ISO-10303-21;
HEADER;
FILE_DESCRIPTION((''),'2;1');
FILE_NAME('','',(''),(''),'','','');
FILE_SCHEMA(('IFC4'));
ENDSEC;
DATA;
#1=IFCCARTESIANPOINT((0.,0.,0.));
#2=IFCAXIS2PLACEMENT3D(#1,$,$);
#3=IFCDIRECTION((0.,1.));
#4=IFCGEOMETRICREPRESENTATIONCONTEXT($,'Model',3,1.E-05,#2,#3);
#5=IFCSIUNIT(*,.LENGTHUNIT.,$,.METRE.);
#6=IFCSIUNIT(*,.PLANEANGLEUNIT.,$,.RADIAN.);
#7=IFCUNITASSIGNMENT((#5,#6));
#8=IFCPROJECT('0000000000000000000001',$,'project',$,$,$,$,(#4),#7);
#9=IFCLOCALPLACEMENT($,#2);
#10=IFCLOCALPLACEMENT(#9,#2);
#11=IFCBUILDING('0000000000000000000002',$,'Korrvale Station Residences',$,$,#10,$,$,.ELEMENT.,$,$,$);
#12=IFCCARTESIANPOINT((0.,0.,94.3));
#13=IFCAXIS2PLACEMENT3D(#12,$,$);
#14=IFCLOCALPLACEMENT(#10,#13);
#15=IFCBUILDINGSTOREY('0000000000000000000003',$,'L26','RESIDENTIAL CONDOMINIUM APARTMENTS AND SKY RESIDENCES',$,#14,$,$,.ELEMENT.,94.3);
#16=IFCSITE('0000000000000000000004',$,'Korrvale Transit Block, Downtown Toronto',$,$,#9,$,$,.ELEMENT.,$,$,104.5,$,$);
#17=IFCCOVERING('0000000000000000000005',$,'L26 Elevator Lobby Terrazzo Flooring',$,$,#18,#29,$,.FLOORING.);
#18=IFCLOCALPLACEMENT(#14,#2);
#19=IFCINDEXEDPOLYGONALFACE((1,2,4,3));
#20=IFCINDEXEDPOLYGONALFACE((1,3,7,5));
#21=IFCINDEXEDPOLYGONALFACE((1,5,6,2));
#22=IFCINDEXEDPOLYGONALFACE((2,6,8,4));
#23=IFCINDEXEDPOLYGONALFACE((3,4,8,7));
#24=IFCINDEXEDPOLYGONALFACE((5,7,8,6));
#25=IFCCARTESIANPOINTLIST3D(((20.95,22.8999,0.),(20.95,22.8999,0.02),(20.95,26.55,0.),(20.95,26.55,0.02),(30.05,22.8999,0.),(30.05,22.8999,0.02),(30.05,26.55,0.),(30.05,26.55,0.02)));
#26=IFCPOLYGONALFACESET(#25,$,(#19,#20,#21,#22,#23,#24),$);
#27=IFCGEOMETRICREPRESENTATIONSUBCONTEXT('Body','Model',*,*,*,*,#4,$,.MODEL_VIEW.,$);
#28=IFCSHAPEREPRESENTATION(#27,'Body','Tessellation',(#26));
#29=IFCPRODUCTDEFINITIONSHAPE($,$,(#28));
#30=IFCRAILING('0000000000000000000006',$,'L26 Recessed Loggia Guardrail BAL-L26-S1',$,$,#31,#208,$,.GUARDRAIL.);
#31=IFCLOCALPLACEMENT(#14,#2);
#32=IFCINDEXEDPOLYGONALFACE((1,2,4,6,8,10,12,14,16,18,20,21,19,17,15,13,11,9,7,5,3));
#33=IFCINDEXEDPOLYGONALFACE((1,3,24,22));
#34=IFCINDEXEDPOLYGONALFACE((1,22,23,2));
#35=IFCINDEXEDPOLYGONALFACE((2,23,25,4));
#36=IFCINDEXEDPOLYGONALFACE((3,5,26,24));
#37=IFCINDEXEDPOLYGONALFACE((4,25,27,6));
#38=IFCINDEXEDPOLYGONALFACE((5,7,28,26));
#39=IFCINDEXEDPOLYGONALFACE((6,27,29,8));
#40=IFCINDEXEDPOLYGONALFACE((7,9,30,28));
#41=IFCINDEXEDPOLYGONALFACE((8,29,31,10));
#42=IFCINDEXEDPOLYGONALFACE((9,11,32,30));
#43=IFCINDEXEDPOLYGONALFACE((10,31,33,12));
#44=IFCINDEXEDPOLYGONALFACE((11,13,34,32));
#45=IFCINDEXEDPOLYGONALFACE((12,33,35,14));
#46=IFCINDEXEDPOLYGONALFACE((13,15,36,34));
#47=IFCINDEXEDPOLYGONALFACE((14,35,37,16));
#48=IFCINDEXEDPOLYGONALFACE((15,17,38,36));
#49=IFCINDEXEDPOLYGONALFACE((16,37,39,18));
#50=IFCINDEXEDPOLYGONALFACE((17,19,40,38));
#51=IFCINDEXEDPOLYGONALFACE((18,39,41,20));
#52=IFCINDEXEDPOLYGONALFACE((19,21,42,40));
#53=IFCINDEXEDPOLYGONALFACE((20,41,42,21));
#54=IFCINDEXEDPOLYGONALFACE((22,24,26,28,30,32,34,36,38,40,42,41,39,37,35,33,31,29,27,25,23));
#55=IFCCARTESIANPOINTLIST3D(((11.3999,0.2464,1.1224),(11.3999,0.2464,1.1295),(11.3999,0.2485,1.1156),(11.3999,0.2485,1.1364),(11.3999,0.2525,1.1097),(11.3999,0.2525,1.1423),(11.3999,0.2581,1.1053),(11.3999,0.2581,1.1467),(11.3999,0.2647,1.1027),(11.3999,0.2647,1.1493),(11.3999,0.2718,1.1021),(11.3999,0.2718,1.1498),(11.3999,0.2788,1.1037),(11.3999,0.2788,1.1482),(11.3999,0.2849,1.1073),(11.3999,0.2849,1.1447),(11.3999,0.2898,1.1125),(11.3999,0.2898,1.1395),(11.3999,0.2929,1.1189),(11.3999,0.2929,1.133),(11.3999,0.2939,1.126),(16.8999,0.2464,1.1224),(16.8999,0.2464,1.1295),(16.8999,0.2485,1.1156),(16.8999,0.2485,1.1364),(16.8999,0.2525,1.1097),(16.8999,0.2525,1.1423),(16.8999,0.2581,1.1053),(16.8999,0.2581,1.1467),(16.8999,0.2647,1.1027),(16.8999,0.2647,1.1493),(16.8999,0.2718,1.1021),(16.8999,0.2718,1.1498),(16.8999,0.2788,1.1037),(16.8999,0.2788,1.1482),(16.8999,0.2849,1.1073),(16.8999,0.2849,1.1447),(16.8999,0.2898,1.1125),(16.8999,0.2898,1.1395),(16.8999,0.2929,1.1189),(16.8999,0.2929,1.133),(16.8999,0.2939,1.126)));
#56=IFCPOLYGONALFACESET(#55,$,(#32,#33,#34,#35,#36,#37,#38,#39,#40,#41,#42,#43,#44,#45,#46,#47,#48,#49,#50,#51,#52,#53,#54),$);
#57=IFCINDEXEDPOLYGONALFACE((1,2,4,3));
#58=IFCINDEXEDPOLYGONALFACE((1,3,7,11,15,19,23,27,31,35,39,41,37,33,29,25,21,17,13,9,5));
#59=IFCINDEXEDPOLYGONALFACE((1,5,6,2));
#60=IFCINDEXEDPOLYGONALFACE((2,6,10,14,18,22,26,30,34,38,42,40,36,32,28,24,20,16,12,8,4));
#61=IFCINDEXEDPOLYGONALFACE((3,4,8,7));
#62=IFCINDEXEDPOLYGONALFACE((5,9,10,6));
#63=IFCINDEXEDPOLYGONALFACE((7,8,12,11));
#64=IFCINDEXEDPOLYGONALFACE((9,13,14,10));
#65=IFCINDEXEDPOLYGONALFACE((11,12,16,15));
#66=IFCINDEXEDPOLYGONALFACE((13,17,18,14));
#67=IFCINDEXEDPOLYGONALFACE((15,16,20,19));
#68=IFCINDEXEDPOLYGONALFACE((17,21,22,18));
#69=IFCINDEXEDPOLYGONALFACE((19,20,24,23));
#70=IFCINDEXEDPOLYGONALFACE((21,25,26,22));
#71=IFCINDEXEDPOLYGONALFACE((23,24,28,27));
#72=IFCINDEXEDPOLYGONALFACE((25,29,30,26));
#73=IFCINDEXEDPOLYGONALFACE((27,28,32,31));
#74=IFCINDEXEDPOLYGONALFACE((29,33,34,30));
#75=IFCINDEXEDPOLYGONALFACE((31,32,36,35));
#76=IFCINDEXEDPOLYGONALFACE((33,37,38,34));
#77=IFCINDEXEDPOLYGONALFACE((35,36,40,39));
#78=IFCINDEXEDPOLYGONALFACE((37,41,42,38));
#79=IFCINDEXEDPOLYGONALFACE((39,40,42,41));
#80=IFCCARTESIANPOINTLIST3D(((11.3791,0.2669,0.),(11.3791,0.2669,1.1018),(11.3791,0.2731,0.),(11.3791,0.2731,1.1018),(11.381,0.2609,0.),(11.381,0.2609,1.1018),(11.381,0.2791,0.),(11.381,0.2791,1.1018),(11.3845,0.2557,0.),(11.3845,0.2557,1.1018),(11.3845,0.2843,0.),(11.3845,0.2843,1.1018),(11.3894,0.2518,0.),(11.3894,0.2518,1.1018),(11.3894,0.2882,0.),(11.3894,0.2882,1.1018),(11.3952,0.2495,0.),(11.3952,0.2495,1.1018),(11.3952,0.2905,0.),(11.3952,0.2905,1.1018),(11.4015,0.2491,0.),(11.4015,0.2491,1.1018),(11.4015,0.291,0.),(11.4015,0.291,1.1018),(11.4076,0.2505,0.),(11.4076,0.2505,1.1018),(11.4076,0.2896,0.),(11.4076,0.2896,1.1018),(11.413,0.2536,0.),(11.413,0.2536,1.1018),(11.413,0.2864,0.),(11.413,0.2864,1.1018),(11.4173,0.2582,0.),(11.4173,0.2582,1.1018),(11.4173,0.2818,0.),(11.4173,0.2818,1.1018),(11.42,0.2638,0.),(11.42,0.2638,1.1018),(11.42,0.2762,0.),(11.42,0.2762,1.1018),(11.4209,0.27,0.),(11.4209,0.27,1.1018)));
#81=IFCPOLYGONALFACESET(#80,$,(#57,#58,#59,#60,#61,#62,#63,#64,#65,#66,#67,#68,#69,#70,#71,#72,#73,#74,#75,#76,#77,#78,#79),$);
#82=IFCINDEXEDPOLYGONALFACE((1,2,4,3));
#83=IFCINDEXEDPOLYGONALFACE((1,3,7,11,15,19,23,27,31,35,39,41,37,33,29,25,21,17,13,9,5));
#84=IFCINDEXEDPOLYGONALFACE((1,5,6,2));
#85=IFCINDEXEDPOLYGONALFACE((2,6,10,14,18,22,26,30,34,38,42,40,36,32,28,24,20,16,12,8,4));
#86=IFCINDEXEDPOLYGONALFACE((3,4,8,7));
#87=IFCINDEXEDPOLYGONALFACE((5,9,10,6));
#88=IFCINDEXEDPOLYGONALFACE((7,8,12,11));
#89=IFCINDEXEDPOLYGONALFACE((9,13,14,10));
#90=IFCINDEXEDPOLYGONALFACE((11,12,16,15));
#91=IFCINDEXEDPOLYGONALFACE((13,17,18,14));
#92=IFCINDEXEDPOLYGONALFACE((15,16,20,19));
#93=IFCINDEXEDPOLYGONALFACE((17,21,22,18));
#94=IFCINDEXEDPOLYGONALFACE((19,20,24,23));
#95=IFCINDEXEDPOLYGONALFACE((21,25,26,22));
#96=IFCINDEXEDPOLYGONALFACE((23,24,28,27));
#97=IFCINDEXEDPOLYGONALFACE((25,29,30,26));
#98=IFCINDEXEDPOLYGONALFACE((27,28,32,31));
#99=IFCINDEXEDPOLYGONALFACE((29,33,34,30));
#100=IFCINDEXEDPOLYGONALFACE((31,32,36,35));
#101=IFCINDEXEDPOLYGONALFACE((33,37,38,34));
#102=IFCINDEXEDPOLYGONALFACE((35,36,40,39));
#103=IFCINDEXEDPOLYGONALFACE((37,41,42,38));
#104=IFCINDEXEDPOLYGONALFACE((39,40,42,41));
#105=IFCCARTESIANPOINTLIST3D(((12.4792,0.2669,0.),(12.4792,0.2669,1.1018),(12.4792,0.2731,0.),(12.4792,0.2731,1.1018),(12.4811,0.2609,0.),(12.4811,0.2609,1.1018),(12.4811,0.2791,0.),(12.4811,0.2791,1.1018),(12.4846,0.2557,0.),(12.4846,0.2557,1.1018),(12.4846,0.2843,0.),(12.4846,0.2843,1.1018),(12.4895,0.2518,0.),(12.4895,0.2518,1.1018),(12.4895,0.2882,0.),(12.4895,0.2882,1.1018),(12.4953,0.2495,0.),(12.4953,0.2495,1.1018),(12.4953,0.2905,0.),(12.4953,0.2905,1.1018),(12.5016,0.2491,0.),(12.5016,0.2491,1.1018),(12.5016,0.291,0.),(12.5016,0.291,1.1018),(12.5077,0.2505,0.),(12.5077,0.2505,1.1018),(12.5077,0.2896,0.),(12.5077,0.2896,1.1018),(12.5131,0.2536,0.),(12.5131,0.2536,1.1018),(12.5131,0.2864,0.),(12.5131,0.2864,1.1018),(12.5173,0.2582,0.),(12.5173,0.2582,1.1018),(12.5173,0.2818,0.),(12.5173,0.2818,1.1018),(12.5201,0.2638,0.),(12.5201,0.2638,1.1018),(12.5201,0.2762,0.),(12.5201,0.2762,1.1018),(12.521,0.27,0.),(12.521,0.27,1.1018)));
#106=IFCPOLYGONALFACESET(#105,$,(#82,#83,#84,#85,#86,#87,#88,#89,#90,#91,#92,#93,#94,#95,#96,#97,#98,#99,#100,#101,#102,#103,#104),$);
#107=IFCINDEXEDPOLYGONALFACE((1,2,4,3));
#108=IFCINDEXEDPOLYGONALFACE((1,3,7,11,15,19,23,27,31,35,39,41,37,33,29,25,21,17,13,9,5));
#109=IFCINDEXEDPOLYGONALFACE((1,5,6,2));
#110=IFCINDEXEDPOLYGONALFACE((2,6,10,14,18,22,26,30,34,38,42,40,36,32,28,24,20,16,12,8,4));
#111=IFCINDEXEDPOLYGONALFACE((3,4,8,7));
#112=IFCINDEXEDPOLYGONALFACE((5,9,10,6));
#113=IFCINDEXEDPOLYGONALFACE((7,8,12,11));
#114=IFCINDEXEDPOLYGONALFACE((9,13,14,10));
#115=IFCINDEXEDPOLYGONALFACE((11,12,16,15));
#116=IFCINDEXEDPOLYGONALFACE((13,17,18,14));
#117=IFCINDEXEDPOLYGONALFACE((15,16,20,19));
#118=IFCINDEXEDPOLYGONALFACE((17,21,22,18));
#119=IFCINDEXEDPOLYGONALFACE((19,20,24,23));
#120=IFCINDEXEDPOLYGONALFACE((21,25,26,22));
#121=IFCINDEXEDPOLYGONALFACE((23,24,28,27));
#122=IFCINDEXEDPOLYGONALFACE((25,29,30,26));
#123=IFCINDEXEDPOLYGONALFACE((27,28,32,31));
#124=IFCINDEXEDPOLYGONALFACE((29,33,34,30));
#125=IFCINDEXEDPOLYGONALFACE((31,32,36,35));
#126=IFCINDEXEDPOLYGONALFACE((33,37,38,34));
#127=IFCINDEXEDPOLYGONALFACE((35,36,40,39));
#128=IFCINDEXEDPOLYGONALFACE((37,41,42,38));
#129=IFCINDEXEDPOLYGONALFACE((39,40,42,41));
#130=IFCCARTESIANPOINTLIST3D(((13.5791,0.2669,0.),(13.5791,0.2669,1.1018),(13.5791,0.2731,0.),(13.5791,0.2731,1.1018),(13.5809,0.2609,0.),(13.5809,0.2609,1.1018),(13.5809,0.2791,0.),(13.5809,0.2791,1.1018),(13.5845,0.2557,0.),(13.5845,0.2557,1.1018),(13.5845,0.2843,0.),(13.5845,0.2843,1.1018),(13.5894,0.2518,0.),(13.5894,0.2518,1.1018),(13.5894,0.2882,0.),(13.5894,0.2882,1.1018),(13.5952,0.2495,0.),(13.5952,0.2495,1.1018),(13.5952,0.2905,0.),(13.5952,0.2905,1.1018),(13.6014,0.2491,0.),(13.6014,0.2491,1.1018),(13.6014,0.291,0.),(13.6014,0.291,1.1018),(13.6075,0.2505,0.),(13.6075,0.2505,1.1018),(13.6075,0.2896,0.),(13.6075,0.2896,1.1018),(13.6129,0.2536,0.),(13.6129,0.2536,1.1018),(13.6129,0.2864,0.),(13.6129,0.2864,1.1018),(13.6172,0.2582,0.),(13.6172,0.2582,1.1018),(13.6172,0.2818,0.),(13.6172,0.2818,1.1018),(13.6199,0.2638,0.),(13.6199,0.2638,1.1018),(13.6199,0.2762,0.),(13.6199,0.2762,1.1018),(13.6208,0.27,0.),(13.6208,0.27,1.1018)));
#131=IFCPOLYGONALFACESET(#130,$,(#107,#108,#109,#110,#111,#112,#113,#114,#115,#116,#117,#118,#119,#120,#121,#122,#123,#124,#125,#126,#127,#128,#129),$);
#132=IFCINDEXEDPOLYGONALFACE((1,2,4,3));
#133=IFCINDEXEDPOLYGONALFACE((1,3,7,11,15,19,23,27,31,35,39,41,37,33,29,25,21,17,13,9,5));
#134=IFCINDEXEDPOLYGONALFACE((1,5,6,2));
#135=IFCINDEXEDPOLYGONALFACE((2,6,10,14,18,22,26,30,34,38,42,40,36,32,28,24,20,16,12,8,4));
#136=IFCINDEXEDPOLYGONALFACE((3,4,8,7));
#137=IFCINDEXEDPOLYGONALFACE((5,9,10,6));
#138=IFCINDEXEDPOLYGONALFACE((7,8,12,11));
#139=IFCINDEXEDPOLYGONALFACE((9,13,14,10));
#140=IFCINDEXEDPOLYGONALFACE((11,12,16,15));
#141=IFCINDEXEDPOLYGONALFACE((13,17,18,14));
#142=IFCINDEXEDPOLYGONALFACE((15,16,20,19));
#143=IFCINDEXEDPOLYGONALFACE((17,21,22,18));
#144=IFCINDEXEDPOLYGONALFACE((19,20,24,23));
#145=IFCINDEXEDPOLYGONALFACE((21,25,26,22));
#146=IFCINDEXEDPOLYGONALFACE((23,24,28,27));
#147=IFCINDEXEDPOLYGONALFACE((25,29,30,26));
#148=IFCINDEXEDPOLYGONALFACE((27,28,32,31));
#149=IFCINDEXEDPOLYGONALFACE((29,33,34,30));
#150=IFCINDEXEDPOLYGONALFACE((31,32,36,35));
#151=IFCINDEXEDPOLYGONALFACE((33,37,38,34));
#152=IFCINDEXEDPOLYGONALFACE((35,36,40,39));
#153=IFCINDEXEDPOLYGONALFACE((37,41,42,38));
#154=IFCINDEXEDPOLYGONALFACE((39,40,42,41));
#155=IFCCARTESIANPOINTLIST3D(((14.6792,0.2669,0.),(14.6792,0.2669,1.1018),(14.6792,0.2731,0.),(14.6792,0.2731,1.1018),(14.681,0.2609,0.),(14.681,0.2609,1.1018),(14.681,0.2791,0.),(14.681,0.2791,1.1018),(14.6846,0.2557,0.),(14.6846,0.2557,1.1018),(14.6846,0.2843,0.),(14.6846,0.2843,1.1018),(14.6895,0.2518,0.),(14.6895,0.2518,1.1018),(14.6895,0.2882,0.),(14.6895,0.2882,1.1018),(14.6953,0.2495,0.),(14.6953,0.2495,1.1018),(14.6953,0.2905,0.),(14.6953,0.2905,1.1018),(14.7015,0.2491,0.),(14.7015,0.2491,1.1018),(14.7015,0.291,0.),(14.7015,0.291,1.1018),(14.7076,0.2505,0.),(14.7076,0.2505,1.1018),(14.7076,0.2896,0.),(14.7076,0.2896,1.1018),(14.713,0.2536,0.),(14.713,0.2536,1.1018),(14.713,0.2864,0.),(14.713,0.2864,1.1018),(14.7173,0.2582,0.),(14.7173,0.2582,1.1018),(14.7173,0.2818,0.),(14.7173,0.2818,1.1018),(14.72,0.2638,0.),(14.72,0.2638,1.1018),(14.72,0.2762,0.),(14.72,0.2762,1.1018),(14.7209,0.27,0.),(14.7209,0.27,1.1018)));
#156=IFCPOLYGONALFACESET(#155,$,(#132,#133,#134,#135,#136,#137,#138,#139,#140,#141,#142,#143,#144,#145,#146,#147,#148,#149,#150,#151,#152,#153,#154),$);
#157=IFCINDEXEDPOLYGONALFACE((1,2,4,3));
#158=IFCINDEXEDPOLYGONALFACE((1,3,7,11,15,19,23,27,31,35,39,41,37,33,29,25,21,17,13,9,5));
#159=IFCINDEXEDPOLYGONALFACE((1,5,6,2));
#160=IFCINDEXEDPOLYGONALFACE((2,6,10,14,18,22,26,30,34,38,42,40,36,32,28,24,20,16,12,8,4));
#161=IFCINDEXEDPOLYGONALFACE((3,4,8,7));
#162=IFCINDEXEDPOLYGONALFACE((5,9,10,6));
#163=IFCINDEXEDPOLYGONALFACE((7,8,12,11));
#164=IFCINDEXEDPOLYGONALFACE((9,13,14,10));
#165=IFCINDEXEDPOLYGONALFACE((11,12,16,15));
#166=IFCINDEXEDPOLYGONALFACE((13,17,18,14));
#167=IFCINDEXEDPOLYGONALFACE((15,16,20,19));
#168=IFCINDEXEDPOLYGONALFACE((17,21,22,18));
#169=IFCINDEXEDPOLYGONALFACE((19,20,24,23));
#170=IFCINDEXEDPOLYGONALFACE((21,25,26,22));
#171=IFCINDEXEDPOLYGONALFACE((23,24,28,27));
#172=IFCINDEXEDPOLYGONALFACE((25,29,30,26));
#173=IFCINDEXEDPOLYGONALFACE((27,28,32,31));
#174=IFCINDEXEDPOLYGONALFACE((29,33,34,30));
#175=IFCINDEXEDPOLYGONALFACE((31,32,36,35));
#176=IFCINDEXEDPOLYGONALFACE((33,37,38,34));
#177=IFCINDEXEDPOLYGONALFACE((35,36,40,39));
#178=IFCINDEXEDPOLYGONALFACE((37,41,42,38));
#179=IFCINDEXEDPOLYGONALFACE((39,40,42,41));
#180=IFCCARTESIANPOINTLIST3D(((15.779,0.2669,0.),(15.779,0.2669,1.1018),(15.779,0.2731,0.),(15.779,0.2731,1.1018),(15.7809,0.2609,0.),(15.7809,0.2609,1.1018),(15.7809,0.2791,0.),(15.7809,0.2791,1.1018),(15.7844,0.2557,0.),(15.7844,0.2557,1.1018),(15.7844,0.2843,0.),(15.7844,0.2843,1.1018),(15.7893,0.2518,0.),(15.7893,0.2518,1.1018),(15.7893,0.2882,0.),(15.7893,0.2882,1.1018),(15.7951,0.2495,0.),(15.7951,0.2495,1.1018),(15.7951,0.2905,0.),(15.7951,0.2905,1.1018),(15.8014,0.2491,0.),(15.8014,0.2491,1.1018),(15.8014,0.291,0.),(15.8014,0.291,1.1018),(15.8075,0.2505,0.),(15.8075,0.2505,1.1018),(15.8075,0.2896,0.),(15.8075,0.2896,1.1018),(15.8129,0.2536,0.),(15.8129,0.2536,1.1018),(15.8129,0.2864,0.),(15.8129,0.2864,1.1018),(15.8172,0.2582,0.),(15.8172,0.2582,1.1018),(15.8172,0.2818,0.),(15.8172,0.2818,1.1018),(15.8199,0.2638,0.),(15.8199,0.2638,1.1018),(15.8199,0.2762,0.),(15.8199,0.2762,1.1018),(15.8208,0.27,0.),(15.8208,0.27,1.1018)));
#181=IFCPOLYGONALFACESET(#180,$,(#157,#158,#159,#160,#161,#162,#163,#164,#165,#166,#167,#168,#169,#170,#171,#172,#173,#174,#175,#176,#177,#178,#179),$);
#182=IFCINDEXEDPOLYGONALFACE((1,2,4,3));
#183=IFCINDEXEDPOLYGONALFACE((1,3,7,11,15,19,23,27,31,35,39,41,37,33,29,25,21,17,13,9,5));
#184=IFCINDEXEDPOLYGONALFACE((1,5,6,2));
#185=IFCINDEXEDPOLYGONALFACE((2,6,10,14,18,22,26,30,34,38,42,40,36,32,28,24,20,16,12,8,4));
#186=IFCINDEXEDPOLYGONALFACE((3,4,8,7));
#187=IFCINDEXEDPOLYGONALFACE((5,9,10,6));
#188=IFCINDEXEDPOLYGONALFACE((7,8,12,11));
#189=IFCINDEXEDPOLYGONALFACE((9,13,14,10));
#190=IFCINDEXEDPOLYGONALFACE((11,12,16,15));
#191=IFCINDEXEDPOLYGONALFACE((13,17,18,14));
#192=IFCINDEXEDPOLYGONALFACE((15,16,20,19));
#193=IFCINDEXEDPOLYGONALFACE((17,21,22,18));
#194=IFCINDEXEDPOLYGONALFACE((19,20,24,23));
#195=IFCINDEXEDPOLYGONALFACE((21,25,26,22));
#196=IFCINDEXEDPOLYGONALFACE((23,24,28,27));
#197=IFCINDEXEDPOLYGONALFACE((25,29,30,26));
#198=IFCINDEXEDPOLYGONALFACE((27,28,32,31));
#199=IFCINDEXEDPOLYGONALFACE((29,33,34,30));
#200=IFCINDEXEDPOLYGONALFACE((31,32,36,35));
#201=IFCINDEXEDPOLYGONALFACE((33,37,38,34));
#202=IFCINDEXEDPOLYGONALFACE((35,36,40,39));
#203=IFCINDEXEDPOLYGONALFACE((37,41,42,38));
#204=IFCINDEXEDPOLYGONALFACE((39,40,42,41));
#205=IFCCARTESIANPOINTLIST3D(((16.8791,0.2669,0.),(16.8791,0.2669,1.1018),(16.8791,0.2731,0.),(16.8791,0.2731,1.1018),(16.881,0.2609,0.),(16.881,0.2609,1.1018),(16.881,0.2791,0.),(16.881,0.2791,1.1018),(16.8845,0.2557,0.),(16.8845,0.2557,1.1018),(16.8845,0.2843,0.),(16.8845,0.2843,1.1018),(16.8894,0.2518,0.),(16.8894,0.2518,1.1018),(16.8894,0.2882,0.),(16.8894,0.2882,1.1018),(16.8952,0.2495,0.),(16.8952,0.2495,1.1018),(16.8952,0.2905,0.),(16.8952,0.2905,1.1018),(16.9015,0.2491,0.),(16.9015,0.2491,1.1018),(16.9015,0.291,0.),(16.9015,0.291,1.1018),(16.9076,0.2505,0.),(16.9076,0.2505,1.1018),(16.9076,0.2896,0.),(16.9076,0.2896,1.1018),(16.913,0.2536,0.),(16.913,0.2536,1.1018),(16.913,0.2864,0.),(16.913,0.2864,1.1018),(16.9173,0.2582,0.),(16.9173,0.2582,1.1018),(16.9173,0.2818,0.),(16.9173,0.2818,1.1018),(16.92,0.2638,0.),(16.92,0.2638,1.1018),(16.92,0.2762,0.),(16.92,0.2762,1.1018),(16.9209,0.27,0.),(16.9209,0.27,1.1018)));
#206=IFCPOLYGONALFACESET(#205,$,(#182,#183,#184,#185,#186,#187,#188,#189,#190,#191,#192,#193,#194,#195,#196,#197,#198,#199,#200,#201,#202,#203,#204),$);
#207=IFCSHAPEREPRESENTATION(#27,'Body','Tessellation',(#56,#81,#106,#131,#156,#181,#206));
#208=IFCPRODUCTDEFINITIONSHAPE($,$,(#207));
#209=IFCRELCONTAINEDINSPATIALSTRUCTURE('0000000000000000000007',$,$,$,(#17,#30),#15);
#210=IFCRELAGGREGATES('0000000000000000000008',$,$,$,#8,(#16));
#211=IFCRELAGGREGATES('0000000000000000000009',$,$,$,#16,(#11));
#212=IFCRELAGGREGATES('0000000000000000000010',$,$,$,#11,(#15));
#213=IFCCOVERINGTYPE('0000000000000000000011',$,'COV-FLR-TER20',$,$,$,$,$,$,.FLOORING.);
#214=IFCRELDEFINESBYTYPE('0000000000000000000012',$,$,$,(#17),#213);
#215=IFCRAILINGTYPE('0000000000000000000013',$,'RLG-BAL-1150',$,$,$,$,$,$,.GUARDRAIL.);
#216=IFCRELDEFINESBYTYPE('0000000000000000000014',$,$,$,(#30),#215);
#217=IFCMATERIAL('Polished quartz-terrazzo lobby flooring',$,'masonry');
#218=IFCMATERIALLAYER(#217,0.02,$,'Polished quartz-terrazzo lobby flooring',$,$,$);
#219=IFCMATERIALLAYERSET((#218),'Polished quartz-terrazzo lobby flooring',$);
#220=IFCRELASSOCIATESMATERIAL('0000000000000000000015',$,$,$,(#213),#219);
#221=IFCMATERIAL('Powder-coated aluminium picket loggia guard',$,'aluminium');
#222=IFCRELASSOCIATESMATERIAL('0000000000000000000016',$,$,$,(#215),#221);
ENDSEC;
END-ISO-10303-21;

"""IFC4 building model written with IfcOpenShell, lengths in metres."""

from ifc_helpers import new_model, si_unit, direction, frame, origin, origin_2d, place, context, subcontext, project, spatial, polyline, circle, outline, extrude, material, layer, layer_set, type_object, element, save


model = new_model("IFC4")

# Units and contexts
model_context = context("Model", 3, precision=1e-05, world=origin(), true_north=direction((0.0, 1.0)))
body_context = subcontext(model_context, "Body", "Model", "MODEL_VIEW")
ifc_project = project(units=[si_unit("LENGTHUNIT", "METRE"), si_unit("PLANEANGLEUNIT", "RADIAN")], contexts=[model_context])

# Site, building, storey
site_placement = place(None, origin())
site = spatial("IfcSite", under=ifc_project, at=site_placement, Name="Korrvale Transit Block, Downtown Toronto", CompositionType="ELEMENT", RefElevation=104.5)
building_placement = place(site_placement, origin())
building = spatial("IfcBuilding", under=site, at=building_placement, Name="Korrvale Station Residences", CompositionType="ELEMENT")
storey_placement = place(building_placement, frame((0.0, 0.0, 94.3)))
storey = spatial("IfcBuildingStorey", under=building, at=storey_placement, Name="L26", Description="RESIDENTIAL CONDOMINIUM APARTMENTS AND SKY RESIDENCES", CompositionType="ELEMENT", Elevation=94.3)

# Covering
ifc_material_1 = material(Name="Polished quartz-terrazzo lobby flooring", Category="masonry")
ifc_layer_1 = layer(ifc_material_1, 0.02, Name="Polished quartz-terrazzo lobby flooring")
ifc_layer_set_1 = layer_set([ifc_layer_1], Name="Polished quartz-terrazzo lobby flooring")
covering_type_1 = type_object("IfcCoveringType", Name="COV-FLR-TER20", PredefinedType="FLOORING", material=ifc_layer_set_1)
covering_1_placement = place(storey_placement, origin())
element("IfcCovering", 1, at=covering_1_placement, inside=storey, type_object=covering_type_1, Name="L26 Elevator Lobby Terrazzo Flooring", PredefinedType="FLOORING", context=body_context, shape_type="SweptSolid", body=[
    extrude(outline(polyline([(20.95, 22.8999), (30.05, 22.8999), (30.05, 26.55), (20.95, 26.55), (20.95, 22.8999)])), origin(), (0.0, 0.0, 1.0), 0.02),
])

# Railing
ifc_material_2 = material(Name="Powder-coated aluminium picket loggia guard", Category="aluminium")
railing_type = type_object("IfcRailingType", Name="RLG-BAL-1150", PredefinedType="GUARDRAIL", material=ifc_material_2)
railing_placement = place(storey_placement, frame((11.3999, 0.27, 0.0)))
element("IfcRailing", 2, at=railing_placement, inside=storey, type_object=railing_type, Name="L26 Recessed Loggia Guardrail BAL-L26-S1", PredefinedType="GUARDRAIL", context=body_context, shape_type="SweptSolid", body=[
    extrude(circle(Radius=0.0239, at=origin_2d()), frame((0.0, 0.0, 1.126), z_axis=(1.0, 0.0, 0.0), x_axis=(0.0, 1.0, 0.0)), (0.0, 0.0, 1.0), 5.5),
    extrude(circle(Radius=0.021, at=origin_2d()), origin(), (0.0, 0.0, 1.0), 1.1018),
    extrude(circle(Radius=0.021, at=origin_2d()), frame((1.1001, 0.0, 0.0)), (0.0, 0.0, 1.0), 1.1018),
    extrude(circle(Radius=0.021, at=origin_2d()), frame((2.2, 0.0, 0.0)), (0.0, 0.0, 1.0), 1.1018),
    extrude(circle(Radius=0.021, at=origin_2d()), frame((3.3, 0.0, 0.0)), (0.0, 0.0, 1.0), 1.1018),
    extrude(circle(Radius=0.021, at=origin_2d()), frame((4.3999, 0.0, 0.0)), (0.0, 0.0, 1.0), 1.1018),
    extrude(circle(Radius=0.021, at=origin_2d()), frame((5.5, 0.0, 0.0)), (0.0, 0.0, 1.0), 1.1018),
])

save(model, "model.ifc")
